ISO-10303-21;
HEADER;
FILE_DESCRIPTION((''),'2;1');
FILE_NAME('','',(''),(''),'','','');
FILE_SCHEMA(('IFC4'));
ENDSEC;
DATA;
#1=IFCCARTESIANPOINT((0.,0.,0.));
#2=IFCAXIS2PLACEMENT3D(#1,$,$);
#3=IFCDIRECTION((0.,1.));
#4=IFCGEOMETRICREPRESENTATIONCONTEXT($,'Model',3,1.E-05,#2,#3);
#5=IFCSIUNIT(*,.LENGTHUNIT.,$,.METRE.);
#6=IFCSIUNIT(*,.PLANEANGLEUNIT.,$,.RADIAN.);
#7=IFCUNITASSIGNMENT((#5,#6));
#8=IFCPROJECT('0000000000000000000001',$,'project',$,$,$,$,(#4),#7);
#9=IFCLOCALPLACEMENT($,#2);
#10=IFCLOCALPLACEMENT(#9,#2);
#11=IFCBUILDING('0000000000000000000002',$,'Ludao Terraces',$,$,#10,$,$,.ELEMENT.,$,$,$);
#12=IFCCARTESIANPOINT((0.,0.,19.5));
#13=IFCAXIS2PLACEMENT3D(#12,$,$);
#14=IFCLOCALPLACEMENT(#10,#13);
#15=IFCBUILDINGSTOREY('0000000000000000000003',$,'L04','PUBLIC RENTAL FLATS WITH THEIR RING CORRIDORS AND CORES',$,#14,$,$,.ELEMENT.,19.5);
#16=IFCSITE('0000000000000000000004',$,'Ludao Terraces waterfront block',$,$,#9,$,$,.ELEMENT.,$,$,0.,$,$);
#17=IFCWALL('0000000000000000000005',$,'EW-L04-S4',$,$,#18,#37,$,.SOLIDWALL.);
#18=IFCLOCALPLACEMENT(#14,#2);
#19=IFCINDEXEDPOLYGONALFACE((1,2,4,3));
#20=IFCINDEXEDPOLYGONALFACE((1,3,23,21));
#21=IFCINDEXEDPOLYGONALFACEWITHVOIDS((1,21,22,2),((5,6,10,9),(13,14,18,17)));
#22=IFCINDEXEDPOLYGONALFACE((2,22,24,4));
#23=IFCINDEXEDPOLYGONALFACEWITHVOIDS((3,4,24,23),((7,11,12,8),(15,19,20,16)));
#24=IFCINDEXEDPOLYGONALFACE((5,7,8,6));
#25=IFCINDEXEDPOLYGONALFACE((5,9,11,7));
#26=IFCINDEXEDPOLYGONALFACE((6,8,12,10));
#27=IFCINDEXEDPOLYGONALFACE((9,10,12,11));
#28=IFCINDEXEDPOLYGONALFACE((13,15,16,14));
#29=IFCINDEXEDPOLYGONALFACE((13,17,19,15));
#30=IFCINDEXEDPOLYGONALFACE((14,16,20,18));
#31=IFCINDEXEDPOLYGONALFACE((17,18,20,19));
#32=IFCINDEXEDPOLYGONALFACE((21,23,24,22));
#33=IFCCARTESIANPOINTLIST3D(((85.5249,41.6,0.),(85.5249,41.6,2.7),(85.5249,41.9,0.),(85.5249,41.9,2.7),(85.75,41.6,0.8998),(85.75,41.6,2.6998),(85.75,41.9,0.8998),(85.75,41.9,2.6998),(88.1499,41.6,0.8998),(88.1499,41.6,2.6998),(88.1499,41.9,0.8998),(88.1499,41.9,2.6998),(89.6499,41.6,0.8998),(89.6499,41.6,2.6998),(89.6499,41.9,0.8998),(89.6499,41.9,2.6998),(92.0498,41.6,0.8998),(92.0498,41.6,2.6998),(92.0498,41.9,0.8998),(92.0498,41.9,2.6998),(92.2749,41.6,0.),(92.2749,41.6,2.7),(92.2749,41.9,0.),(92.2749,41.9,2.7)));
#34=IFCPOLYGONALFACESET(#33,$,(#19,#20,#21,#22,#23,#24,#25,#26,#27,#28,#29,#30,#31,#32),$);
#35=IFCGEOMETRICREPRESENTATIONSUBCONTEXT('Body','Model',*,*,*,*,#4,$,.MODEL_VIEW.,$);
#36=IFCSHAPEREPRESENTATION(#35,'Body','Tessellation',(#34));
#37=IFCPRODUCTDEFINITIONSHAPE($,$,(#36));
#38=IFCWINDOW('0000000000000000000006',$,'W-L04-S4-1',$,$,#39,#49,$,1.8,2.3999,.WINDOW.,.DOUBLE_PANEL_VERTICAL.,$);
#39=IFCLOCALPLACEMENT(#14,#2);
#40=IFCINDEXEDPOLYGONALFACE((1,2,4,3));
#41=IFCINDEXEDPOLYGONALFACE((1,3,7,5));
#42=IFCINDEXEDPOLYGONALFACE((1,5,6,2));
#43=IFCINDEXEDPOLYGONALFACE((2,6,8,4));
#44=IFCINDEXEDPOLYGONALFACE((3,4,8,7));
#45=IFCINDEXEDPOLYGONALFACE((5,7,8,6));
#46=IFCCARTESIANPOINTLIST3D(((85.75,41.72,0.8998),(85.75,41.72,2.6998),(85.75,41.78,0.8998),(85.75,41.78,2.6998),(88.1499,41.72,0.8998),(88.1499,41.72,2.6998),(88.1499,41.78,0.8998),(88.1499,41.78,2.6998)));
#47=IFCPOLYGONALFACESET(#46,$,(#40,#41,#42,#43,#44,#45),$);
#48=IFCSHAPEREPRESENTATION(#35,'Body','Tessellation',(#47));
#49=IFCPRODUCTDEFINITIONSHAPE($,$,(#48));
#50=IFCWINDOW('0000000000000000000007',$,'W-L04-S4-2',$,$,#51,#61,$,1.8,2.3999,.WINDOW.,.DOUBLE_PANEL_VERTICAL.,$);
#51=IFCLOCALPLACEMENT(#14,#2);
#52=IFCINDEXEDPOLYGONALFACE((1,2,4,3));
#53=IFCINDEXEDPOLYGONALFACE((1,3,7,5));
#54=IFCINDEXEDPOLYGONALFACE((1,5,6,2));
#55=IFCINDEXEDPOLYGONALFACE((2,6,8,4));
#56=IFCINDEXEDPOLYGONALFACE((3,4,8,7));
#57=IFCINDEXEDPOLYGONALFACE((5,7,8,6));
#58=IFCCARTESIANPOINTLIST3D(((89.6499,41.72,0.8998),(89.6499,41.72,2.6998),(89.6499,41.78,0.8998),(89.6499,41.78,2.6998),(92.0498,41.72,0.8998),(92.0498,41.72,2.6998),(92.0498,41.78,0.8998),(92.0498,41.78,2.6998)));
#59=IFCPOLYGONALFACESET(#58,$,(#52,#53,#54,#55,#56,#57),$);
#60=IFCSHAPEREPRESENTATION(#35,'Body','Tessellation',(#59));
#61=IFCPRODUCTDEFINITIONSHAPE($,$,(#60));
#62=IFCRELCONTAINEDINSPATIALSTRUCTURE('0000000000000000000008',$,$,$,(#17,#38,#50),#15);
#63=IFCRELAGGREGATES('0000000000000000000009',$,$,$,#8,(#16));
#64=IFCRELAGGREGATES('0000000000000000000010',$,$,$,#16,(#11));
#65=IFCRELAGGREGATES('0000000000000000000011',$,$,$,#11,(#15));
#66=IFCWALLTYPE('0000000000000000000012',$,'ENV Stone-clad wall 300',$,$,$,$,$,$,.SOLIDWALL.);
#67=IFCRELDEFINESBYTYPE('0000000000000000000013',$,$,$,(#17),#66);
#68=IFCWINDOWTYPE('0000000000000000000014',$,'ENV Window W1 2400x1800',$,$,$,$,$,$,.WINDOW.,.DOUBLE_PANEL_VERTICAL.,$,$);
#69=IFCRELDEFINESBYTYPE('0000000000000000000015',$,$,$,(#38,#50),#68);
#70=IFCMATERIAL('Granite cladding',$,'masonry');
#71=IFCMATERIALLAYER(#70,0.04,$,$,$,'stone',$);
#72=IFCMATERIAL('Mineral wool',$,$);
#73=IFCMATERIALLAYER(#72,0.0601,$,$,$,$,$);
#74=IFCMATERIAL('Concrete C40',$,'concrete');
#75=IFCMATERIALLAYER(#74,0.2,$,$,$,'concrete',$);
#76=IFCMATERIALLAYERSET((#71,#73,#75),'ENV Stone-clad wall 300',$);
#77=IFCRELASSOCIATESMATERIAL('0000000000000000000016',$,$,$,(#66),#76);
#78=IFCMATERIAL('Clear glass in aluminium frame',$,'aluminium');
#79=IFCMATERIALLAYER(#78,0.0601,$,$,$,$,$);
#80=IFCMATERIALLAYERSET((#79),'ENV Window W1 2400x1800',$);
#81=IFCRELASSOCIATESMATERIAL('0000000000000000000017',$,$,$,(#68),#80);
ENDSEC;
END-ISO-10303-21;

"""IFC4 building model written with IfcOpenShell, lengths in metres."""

from ifc_helpers import new_model, si_unit, direction, frame, frame_2d, origin, place, context, subcontext, project, spatial, rectangle, extrude, material, layer, layer_set, type_object, element, fill, save


model = new_model("IFC4")

# Units and contexts
model_context = context("Model", 3, precision=1e-05, world=origin(), true_north=direction((0.0, 1.0)))
body_context = subcontext(model_context, "Body", "Model", "MODEL_VIEW")
ifc_project = project(units=[si_unit("LENGTHUNIT", "METRE"), si_unit("PLANEANGLEUNIT", "RADIAN")], contexts=[model_context])

# Site, building, storey
site_placement = place(None, origin())
site = spatial("IfcSite", under=ifc_project, at=site_placement, Name="Ludao Terraces waterfront block", CompositionType="ELEMENT", RefElevation=0.0)
building_placement = place(site_placement, origin())
building = spatial("IfcBuilding", under=site, at=building_placement, Name="Ludao Terraces", CompositionType="ELEMENT")
storey_placement = place(building_placement, frame((0.0, 0.0, 19.5)))
storey = spatial("IfcBuildingStorey", under=building, at=storey_placement, Name="L04", Description="PUBLIC RENTAL FLATS WITH THEIR RING CORRIDORS AND CORES", CompositionType="ELEMENT", Elevation=19.5)

# Shared definitions
ifc_material_1 = material(Name="Concrete C40", Category="concrete")

# Wall, openings, windows
ifc_material_2 = material(Name="Granite cladding", Category="masonry")
ifc_layer_1 = layer(ifc_material_2, 0.04, Category="stone")
ifc_material_3 = material(Name="Mineral wool")
ifc_layer_2 = layer(ifc_material_3, 0.0601)
ifc_layer_3 = layer(ifc_material_1, 0.2, Category="concrete")
ifc_layer_set_1 = layer_set([ifc_layer_1, ifc_layer_2, ifc_layer_3], Name="ENV Stone-clad wall 300")
wall_type_1 = type_object("IfcWallType", Name="ENV Stone-clad wall 300", PredefinedType="SOLIDWALL", material=ifc_layer_set_1)
wall_1_placement = place(storey_placement, frame((85.5249, 41.75, 0.0), z_axis=(0.0, 0.0, 1.0), x_axis=(1.0, 0.0, 0.0)))
wall_1 = element("IfcWall", 1, at=wall_1_placement, inside=storey, type_object=wall_type_1, Name="EW-L04-S4", PredefinedType="SOLIDWALL", context=body_context, shape_type="SweptSolid", body=[
    extrude(rectangle(XDim=6.75, YDim=0.3, at=frame_2d((3.375, 0.0))), origin(), (0.0, 0.0, 1.0), 2.7),
])
opening_1_placement = place(wall_1_placement, frame((0.2251, 0.0, 0.8999)))
opening_1 = element("IfcOpeningElement", 2, at=opening_1_placement, cuts=wall_1, PredefinedType="OPENING", context=body_context, shape_type="SweptSolid", body=[
    extrude(rectangle(XDim=2.3999, YDim=1.8, at=frame_2d((1.2, 0.8999))), frame((0.0, 0.1602, 0.0), z_axis=(0.0, -1.0, 0.0), x_axis=(1.0, 0.0, 0.0)), (0.0, 0.0, 1.0), 0.3201),
])
opening_2_placement = place(wall_1_placement, frame((4.125, 0.0, 0.8999)))
opening_2 = element("IfcOpeningElement", 3, at=opening_2_placement, cuts=wall_1, PredefinedType="OPENING", context=body_context, shape_type="SweptSolid", body=[
    extrude(rectangle(XDim=2.3999, YDim=1.8, at=frame_2d((1.2, 0.8999))), frame((0.0, 0.1602, 0.0), z_axis=(0.0, -1.0, 0.0), x_axis=(1.0, 0.0, 0.0)), (0.0, 0.0, 1.0), 0.3201),
])
ifc_material_4 = material(Name="Clear glass in aluminium frame", Category="aluminium")
ifc_layer_4 = layer(ifc_material_4, 0.0601)
ifc_layer_set_2 = layer_set([ifc_layer_4], Name="ENV Window W1 2400x1800")
window_type = type_object("IfcWindowType", Name="ENV Window W1 2400x1800", PartitioningType="DOUBLE_PANEL_VERTICAL", PredefinedType="WINDOW", material=ifc_layer_set_2)
window_1_placement = place(opening_1_placement, origin())
window_1 = element("IfcWindow", 4, at=window_1_placement, inside=storey, type_object=window_type, Name="W-L04-S4-1", OverallHeight=1.8, OverallWidth=2.3999, PartitioningType="DOUBLE_PANEL_VERTICAL", PredefinedType="WINDOW", context=body_context, shape_type="SweptSolid", body=[
    extrude(rectangle(XDim=2.3999, YDim=1.8, at=frame_2d((1.2, 0.8999))), frame((0.0, 0.03, 0.0), z_axis=(0.0, -1.0, 0.0), x_axis=(1.0, 0.0, 0.0)), (0.0, 0.0, 1.0), 0.0601),
])
fill(opening_1, window_1)
window_2_placement = place(opening_2_placement, origin())
window_2 = element("IfcWindow", 5, at=window_2_placement, inside=storey, type_object=window_type, Name="W-L04-S4-2", OverallHeight=1.8, OverallWidth=2.3999, PartitioningType="DOUBLE_PANEL_VERTICAL", PredefinedType="WINDOW", context=body_context, shape_type="SweptSolid", body=[
    extrude(rectangle(XDim=2.3999, YDim=1.8, at=frame_2d((1.2, 0.8999))), frame((0.0, 0.03, 0.0), z_axis=(0.0, -1.0, 0.0), x_axis=(1.0, 0.0, 0.0)), (0.0, 0.0, 1.0), 0.0601),
])
fill(opening_2, window_2)

save(model, "model.ifc")
